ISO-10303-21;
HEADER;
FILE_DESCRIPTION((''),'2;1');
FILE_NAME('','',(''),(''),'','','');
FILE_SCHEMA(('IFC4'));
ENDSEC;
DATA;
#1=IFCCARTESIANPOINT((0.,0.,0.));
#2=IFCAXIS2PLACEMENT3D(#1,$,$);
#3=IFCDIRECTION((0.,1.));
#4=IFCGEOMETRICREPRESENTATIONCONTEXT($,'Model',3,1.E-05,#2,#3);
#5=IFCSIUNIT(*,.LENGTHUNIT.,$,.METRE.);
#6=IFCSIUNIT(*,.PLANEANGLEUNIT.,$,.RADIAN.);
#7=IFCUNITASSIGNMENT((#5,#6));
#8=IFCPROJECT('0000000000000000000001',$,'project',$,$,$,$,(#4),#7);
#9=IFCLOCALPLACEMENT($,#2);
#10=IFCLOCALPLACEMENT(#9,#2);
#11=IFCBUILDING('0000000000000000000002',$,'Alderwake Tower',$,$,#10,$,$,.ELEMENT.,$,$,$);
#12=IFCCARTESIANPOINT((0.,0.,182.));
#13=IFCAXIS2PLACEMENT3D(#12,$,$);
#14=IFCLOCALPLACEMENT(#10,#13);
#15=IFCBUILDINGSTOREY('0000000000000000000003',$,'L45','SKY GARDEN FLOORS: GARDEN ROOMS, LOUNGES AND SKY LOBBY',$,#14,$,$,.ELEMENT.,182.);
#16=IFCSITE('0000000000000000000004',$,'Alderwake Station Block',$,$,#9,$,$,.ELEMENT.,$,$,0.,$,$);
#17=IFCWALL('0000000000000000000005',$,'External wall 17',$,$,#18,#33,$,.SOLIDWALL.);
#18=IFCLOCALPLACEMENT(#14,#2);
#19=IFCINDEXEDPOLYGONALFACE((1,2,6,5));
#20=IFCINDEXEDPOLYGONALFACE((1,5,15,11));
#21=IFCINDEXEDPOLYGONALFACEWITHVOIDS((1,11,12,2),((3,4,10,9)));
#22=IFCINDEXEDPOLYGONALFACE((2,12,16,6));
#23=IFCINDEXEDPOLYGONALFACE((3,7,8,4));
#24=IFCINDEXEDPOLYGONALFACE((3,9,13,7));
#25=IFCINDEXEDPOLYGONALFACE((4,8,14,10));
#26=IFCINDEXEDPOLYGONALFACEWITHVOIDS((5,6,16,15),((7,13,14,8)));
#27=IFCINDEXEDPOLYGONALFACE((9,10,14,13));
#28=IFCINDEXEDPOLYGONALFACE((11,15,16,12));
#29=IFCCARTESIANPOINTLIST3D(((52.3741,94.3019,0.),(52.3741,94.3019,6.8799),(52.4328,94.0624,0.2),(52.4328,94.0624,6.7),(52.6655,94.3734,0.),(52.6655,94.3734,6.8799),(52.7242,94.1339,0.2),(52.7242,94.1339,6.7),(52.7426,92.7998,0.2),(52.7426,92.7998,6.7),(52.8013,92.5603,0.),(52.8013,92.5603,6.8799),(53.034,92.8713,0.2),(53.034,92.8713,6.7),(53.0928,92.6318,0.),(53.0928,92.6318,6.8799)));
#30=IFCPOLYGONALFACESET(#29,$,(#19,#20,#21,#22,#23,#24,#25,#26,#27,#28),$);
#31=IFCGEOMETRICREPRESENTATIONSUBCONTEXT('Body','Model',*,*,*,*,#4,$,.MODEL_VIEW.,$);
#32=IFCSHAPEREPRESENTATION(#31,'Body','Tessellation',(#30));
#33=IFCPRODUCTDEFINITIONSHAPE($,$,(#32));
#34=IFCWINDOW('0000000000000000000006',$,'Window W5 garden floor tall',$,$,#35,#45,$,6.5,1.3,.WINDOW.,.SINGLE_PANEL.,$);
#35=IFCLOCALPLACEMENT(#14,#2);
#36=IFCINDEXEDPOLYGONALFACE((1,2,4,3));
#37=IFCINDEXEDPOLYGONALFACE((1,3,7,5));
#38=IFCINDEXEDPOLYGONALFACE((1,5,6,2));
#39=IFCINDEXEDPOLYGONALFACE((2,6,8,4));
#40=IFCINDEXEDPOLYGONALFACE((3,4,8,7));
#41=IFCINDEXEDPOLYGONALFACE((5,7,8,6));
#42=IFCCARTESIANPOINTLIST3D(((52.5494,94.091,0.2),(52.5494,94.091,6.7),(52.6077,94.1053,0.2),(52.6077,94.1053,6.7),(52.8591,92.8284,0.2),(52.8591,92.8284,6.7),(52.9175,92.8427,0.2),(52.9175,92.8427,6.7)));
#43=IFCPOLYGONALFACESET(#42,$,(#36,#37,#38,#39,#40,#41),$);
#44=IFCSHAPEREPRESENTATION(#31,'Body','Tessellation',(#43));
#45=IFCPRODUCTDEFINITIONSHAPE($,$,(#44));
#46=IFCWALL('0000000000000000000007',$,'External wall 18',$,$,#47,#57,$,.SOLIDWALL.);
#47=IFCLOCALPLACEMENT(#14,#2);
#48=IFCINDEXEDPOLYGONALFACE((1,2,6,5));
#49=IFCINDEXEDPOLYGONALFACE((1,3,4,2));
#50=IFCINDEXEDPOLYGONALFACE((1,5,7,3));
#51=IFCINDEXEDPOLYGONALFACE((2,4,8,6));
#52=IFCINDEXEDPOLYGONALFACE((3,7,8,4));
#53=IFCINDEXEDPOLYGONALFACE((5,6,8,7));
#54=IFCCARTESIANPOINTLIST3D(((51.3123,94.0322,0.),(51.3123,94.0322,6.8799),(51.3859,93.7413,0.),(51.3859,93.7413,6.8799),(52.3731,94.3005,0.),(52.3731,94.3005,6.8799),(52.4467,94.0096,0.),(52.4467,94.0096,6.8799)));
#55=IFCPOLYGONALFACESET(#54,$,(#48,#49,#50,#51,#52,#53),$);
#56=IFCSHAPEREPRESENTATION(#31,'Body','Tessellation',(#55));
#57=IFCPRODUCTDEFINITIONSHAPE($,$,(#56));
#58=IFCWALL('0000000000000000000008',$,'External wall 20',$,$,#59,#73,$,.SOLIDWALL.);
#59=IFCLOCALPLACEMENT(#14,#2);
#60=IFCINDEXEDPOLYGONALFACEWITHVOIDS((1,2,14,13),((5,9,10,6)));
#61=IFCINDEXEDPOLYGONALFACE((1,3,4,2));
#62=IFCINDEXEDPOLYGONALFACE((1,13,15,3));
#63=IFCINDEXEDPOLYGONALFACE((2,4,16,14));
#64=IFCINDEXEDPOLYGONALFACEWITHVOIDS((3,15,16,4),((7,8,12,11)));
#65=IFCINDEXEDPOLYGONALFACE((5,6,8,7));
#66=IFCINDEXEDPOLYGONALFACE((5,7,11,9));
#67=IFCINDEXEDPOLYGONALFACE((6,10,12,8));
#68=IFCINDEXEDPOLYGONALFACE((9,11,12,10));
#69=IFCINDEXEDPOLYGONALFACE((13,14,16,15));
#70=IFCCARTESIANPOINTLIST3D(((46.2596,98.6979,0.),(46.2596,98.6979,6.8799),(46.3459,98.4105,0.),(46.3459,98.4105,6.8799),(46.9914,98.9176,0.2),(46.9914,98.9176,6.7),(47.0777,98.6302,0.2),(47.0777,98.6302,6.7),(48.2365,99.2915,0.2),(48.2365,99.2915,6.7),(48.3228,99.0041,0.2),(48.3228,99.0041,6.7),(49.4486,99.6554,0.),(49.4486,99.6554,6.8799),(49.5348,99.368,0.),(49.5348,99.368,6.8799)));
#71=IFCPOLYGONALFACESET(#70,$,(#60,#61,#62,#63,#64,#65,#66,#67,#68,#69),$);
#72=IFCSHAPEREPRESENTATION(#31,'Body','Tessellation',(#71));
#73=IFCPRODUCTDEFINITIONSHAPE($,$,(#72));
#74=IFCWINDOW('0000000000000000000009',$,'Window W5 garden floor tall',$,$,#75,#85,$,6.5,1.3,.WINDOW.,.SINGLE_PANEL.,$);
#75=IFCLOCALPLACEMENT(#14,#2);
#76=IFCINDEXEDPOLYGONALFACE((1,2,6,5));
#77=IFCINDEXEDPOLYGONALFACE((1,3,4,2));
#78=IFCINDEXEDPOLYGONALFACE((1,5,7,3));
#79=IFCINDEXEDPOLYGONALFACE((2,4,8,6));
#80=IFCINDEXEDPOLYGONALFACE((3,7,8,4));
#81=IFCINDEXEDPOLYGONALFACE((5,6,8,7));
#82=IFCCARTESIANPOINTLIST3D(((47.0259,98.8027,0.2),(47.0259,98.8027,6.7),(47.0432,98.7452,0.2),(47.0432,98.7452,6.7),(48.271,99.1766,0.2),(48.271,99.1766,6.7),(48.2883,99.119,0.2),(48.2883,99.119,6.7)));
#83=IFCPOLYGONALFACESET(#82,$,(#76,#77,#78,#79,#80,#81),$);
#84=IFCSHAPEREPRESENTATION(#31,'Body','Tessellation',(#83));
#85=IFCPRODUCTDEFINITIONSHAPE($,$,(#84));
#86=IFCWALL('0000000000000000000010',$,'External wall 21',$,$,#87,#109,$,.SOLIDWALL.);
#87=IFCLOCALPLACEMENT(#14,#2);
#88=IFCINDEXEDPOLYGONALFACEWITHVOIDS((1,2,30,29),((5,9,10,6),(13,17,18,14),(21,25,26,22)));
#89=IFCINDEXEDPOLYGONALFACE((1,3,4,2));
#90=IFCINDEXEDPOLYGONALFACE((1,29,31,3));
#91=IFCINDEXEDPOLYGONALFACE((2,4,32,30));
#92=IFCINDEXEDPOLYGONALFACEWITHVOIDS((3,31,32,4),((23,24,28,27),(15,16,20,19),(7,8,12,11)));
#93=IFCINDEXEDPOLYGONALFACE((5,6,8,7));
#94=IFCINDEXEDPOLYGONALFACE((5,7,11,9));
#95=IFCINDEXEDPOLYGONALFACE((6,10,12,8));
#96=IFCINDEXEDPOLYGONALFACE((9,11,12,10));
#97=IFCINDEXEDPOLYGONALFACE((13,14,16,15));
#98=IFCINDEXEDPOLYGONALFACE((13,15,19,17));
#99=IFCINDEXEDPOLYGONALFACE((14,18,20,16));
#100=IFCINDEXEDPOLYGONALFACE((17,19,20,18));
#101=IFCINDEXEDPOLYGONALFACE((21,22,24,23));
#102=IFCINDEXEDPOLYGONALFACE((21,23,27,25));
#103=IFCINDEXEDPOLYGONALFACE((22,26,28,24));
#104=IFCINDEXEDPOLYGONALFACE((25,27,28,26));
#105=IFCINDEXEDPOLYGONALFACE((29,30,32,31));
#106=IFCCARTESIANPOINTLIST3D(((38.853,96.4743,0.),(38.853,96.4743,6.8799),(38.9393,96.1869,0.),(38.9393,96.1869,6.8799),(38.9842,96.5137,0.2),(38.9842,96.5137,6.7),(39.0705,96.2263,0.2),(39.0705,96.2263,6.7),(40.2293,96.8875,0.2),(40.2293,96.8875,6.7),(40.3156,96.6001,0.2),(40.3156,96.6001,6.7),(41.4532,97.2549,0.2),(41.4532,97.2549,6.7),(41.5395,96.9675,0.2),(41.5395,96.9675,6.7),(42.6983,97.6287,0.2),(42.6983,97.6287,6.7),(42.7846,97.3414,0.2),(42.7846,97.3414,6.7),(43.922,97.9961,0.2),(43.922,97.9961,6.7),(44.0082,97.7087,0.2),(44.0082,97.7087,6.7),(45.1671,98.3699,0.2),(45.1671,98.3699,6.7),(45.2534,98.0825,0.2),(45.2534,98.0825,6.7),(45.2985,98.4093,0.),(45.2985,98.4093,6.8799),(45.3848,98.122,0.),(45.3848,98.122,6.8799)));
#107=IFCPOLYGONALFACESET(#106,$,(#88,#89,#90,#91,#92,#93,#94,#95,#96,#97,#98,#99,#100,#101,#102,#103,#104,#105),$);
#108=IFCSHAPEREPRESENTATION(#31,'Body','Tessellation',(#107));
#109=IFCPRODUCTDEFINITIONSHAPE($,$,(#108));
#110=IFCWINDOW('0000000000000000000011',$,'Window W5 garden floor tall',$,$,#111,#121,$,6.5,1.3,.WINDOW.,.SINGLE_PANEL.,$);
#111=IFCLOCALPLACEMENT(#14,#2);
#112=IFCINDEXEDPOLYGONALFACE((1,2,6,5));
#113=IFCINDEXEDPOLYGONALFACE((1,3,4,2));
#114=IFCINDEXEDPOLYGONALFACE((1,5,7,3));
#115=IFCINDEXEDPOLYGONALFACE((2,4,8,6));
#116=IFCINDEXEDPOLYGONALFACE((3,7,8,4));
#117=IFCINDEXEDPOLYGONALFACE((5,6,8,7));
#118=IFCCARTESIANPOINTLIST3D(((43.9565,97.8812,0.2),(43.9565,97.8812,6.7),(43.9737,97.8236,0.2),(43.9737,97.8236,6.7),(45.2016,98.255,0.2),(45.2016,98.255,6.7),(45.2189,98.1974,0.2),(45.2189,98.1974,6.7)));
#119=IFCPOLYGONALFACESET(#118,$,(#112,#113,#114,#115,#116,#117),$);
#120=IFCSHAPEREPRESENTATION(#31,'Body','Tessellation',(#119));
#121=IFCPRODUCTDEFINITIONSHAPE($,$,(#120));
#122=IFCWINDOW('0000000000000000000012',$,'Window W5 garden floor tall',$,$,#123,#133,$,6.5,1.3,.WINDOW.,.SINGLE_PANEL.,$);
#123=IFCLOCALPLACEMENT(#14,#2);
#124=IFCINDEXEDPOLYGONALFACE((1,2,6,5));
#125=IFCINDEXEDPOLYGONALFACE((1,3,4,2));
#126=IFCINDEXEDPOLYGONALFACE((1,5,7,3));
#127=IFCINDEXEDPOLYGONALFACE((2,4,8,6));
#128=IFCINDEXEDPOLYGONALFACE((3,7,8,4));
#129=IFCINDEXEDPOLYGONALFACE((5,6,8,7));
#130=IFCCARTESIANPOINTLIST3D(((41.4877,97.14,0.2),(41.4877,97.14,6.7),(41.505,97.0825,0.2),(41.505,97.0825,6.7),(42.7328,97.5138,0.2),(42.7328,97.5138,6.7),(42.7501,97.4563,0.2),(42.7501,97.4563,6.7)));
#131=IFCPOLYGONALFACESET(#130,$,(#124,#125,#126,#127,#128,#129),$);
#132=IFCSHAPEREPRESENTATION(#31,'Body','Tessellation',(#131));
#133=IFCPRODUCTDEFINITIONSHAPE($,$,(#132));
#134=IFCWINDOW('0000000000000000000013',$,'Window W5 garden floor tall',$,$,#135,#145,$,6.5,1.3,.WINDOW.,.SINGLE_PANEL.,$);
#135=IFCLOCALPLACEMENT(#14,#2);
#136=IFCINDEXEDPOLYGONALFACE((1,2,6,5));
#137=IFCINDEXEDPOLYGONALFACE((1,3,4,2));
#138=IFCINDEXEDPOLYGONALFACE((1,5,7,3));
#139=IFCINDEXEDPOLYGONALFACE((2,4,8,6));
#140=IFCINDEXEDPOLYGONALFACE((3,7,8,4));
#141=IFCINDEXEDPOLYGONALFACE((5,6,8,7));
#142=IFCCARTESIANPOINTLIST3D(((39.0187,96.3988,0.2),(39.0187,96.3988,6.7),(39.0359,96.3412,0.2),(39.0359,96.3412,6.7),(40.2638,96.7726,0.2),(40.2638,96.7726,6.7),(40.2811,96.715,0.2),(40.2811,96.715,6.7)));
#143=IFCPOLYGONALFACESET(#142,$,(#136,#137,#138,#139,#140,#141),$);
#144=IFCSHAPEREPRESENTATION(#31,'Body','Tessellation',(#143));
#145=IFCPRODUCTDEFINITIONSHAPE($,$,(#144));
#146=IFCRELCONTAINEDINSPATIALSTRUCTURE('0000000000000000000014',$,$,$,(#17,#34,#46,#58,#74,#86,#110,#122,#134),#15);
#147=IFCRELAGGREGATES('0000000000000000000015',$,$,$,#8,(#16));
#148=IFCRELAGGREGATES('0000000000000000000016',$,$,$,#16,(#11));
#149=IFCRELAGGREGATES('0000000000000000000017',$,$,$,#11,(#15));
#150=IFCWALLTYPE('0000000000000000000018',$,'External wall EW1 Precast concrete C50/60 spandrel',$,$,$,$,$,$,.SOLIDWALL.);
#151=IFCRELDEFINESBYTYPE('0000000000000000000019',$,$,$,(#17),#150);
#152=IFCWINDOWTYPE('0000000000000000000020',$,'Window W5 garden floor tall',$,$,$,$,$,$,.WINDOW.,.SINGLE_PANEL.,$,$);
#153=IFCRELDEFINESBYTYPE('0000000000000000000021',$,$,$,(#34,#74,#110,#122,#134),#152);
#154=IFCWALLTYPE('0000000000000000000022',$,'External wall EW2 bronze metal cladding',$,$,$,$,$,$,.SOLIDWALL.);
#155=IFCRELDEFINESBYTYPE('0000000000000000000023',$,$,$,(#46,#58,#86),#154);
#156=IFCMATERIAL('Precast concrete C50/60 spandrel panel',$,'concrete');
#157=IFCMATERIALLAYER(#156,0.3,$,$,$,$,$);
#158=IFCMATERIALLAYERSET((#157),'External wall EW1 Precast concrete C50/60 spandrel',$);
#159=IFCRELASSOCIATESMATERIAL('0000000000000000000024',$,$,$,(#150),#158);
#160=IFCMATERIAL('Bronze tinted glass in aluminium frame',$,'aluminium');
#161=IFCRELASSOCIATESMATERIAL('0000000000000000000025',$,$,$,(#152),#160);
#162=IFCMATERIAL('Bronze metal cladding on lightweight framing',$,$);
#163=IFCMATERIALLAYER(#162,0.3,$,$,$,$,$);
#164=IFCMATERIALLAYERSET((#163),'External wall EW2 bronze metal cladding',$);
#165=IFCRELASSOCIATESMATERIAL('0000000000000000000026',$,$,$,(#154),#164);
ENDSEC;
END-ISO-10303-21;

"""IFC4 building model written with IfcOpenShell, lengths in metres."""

from ifc_helpers import new_model, si_unit, direction, frame, frame_2d, origin, place, context, subcontext, project, spatial, rectangle, extrude, material, layer, layer_set, type_object, element, fill, save


model = new_model("IFC4")

# Units and contexts
model_context = context("Model", 3, precision=1e-05, world=origin(), true_north=direction((0.0, 1.0)))
body_context = subcontext(model_context, "Body", "Model", "MODEL_VIEW")
ifc_project = project(units=[si_unit("LENGTHUNIT", "METRE"), si_unit("PLANEANGLEUNIT", "RADIAN")], contexts=[model_context])

# Site, building, storey
site_placement = place(None, origin())
site = spatial("IfcSite", under=ifc_project, at=site_placement, Name="Alderwake Station Block", CompositionType="ELEMENT", RefElevation=0.0)
building_placement = place(site_placement, origin())
building = spatial("IfcBuilding", under=site, at=building_placement, Name="Alderwake Tower", CompositionType="ELEMENT")
storey_placement = place(building_placement, frame((0.0, 0.0, 182.0)))
storey = spatial("IfcBuildingStorey", under=building, at=storey_placement, Name="L45", Description="SKY GARDEN FLOORS: GARDEN ROOMS, LOUNGES AND SKY LOBBY", CompositionType="ELEMENT", Elevation=182.0)

# Wall, opening, window
ifc_material_1 = material(Name="Precast concrete C50/60 spandrel panel", Category="concrete")
ifc_layer_1 = layer(ifc_material_1, 0.3)
ifc_layer_set_1 = layer_set([ifc_layer_1], Name="External wall EW1 Precast concrete C50/60 spandrel")
wall_type_1 = type_object("IfcWallType", Name="External wall EW1 Precast concrete C50/60 spandrel", PredefinedType="SOLIDWALL", material=ifc_layer_set_1)
wall_1_placement = place(storey_placement, frame((52.947, 92.5962, 0.0), z_axis=(0.0, 0.0, 1.0), x_axis=(-0.238272, 0.971198, 0.0)))
wall_1 = element("IfcWall", 1, at=wall_1_placement, inside=storey, type_object=wall_type_1, Name="External wall 17", PredefinedType="SOLIDWALL", context=body_context, shape_type="SweptSolid", body=[
    extrude(rectangle(XDim=1.7932, YDim=0.3, at=frame_2d((0.8965, 0.0))), origin(), (0.0, 0.0, 1.0), 6.8799),
])
opening_1_placement = place(wall_1_placement, frame((0.2466, 0.0, 0.2)))
opening_1 = element("IfcOpeningElement", 2, at=opening_1_placement, cuts=wall_1, PredefinedType="OPENING", context=body_context, shape_type="SweptSolid", body=[
    extrude(rectangle(XDim=1.3, YDim=6.5, at=frame_2d((0.6499, 3.25))), frame((0.0, 0.1599, 0.0), z_axis=(0.0, -1.0, 0.0), x_axis=(1.0, 0.0, 0.0)), (0.0, 0.0, 1.0), 0.3201),
])
ifc_material_2 = material(Name="Bronze tinted glass in aluminium frame", Category="aluminium")
window_type = type_object("IfcWindowType", Name="Window W5 garden floor tall", PartitioningType="SINGLE_PANEL", PredefinedType="WINDOW", material=ifc_material_2)
window_1_placement = place(opening_1_placement, origin())
window_1 = element("IfcWindow", 3, at=window_1_placement, inside=storey, type_object=window_type, Name="Window W5 garden floor tall", OverallHeight=6.5, OverallWidth=1.3, PartitioningType="SINGLE_PANEL", PredefinedType="WINDOW", context=body_context, shape_type="SweptSolid", body=[
    extrude(rectangle(XDim=1.3, YDim=6.5, at=frame_2d((0.6499, 3.25))), frame((0.0, 0.03, 0.0), z_axis=(0.0, -1.0, 0.0), x_axis=(1.0, 0.0, 0.0)), (0.0, 0.0, 1.0), 0.0601),
])
fill(opening_1, window_1)

# Wall
ifc_material_3 = material(Name="Bronze metal cladding on lightweight framing")
ifc_layer_2 = layer(ifc_material_3, 0.3)
ifc_layer_set_2 = layer_set([ifc_layer_2], Name="External wall EW2 bronze metal cladding")
wall_type_2 = type_object("IfcWallType", Name="External wall EW2 bronze metal cladding", PredefinedType="SOLIDWALL", material=ifc_layer_set_2)
wall_2_placement = place(storey_placement, frame((52.4099, 94.155, 0.0), z_axis=(0.0, 0.0, 1.0), x_axis=(-0.969469, -0.245212, 0.0)))
element("IfcWall", 4, at=wall_2_placement, inside=storey, type_object=wall_type_2, Name="External wall 18", PredefinedType="SOLIDWALL", context=body_context, shape_type="SweptSolid", body=[
    extrude(rectangle(XDim=1.0942, YDim=0.3, at=frame_2d((0.5471, 0.0))), origin(), (0.0, 0.0, 1.0), 6.8799),
])

# Wall, opening, window
wall_3_placement = place(storey_placement, frame((49.4917, 99.5117, 0.0), z_axis=(0.0, 0.0, 1.0), x_axis=(-0.957758, -0.287577, 0.0)))
wall_3 = element("IfcWall", 5, at=wall_3_placement, inside=storey, type_object=wall_type_2, Name="External wall 20", PredefinedType="SOLIDWALL", context=body_context, shape_type="SweptSolid", body=[
    extrude(rectangle(XDim=3.3296, YDim=0.3, at=frame_2d((1.6648, 0.0))), origin(), (0.0, 0.0, 1.0), 6.8799),
])
opening_2_placement = place(wall_3_placement, frame((1.2656, 0.0, 0.2)))
opening_2 = element("IfcOpeningElement", 6, at=opening_2_placement, cuts=wall_3, PredefinedType="OPENING", context=body_context, shape_type="SweptSolid", body=[
    extrude(rectangle(XDim=1.3, YDim=6.5, at=frame_2d((0.6499, 3.25))), frame((0.0, 0.1599, 0.0), z_axis=(0.0, -1.0, 0.0), x_axis=(1.0, 0.0, 0.0)), (0.0, 0.0, 1.0), 0.3201),
])
window_2_placement = place(opening_2_placement, origin())
window_2 = element("IfcWindow", 7, at=window_2_placement, inside=storey, type_object=window_type, Name="Window W5 garden floor tall", OverallHeight=6.5, OverallWidth=1.3, PartitioningType="SINGLE_PANEL", PredefinedType="WINDOW", context=body_context, shape_type="SweptSolid", body=[
    extrude(rectangle(XDim=1.3, YDim=6.5, at=frame_2d((0.6499, 3.25))), frame((0.0, 0.03, 0.0), z_axis=(0.0, -1.0, 0.0), x_axis=(1.0, 0.0, 0.0)), (0.0, 0.0, 1.0), 0.0601),
])
fill(opening_2, window_2)

# Wall, openings, windows
wall_4_placement = place(storey_placement, frame((45.3416, 98.2656, 0.0), z_axis=(0.0, 0.0, 1.0), x_axis=(-0.957769, -0.287538, 0.0)))
wall_4 = element("IfcWall", 8, at=wall_4_placement, inside=storey, type_object=wall_type_2, Name="External wall 21", PredefinedType="SOLIDWALL", context=body_context, shape_type="SweptSolid", body=[
    extrude(rectangle(XDim=6.7297, YDim=0.3, at=frame_2d((3.3647, 0.0))), origin(), (0.0, 0.0, 1.0), 6.8799),
])
opening_3_placement = place(wall_4_placement, frame((0.1372, 0.0, 0.2)))
opening_3 = element("IfcOpeningElement", 9, at=opening_3_placement, cuts=wall_4, PredefinedType="OPENING", context=body_context, shape_type="SweptSolid", body=[
    extrude(rectangle(XDim=1.3, YDim=6.5, at=frame_2d((0.6499, 3.25))), frame((0.0, 0.1599, 0.0), z_axis=(0.0, -1.0, 0.0), x_axis=(1.0, 0.0, 0.0)), (0.0, 0.0, 1.0), 0.3201),
])
opening_4_placement = place(wall_4_placement, frame((2.7148, 0.0, 0.2)))
opening_4 = element("IfcOpeningElement", 10, at=opening_4_placement, cuts=wall_4, PredefinedType="OPENING", context=body_context, shape_type="SweptSolid", body=[
    extrude(rectangle(XDim=1.3, YDim=6.5, at=frame_2d((0.6499, 3.25))), frame((0.0, 0.1599, 0.0), z_axis=(0.0, -1.0, 0.0), x_axis=(1.0, 0.0, 0.0)), (0.0, 0.0, 1.0), 0.3201),
])
opening_5_placement = place(wall_4_placement, frame((5.2927, 0.0, 0.2)))
opening_5 = element("IfcOpeningElement", 11, at=opening_5_placement, cuts=wall_4, PredefinedType="OPENING", context=body_context, shape_type="SweptSolid", body=[
    extrude(rectangle(XDim=1.3, YDim=6.5, at=frame_2d((0.6499, 3.25))), frame((0.0, 0.1599, 0.0), z_axis=(0.0, -1.0, 0.0), x_axis=(1.0, 0.0, 0.0)), (0.0, 0.0, 1.0), 0.3201),
])
window_3_placement = place(opening_3_placement, origin())
window_3 = element("IfcWindow", 12, at=window_3_placement, inside=storey, type_object=window_type, Name="Window W5 garden floor tall", OverallHeight=6.5, OverallWidth=1.3, PartitioningType="SINGLE_PANEL", PredefinedType="WINDOW", context=body_context, shape_type="SweptSolid", body=[
    extrude(rectangle(XDim=1.3, YDim=6.5, at=frame_2d((0.6499, 3.25))), frame((0.0, 0.03, 0.0), z_axis=(0.0, -1.0, 0.0), x_axis=(1.0, 0.0, 0.0)), (0.0, 0.0, 1.0), 0.0601),
])
fill(opening_3, window_3)
window_4_placement = place(opening_4_placement, origin())
window_4 = element("IfcWindow", 13, at=window_4_placement, inside=storey, type_object=window_type, Name="Window W5 garden floor tall", OverallHeight=6.5, OverallWidth=1.3, PartitioningType="SINGLE_PANEL", PredefinedType="WINDOW", context=body_context, shape_type="SweptSolid", body=[
    extrude(rectangle(XDim=1.3, YDim=6.5, at=frame_2d((0.6499, 3.25))), frame((0.0, 0.03, 0.0), z_axis=(0.0, -1.0, 0.0), x_axis=(1.0, 0.0, 0.0)), (0.0, 0.0, 1.0), 0.0601),
])
fill(opening_4, window_4)
window_5_placement = place(opening_5_placement, origin())
window_5 = element("IfcWindow", 14, at=window_5_placement, inside=storey, type_object=window_type, Name="Window W5 garden floor tall", OverallHeight=6.5, OverallWidth=1.3, PartitioningType="SINGLE_PANEL", PredefinedType="WINDOW", context=body_context, shape_type="SweptSolid", body=[
    extrude(rectangle(XDim=1.3, YDim=6.5, at=frame_2d((0.6499, 3.25))), frame((0.0, 0.03, 0.0), z_axis=(0.0, -1.0, 0.0), x_axis=(1.0, 0.0, 0.0)), (0.0, 0.0, 1.0), 0.0601),
])
fill(opening_5, window_5)

save(model, "model.ifc")
